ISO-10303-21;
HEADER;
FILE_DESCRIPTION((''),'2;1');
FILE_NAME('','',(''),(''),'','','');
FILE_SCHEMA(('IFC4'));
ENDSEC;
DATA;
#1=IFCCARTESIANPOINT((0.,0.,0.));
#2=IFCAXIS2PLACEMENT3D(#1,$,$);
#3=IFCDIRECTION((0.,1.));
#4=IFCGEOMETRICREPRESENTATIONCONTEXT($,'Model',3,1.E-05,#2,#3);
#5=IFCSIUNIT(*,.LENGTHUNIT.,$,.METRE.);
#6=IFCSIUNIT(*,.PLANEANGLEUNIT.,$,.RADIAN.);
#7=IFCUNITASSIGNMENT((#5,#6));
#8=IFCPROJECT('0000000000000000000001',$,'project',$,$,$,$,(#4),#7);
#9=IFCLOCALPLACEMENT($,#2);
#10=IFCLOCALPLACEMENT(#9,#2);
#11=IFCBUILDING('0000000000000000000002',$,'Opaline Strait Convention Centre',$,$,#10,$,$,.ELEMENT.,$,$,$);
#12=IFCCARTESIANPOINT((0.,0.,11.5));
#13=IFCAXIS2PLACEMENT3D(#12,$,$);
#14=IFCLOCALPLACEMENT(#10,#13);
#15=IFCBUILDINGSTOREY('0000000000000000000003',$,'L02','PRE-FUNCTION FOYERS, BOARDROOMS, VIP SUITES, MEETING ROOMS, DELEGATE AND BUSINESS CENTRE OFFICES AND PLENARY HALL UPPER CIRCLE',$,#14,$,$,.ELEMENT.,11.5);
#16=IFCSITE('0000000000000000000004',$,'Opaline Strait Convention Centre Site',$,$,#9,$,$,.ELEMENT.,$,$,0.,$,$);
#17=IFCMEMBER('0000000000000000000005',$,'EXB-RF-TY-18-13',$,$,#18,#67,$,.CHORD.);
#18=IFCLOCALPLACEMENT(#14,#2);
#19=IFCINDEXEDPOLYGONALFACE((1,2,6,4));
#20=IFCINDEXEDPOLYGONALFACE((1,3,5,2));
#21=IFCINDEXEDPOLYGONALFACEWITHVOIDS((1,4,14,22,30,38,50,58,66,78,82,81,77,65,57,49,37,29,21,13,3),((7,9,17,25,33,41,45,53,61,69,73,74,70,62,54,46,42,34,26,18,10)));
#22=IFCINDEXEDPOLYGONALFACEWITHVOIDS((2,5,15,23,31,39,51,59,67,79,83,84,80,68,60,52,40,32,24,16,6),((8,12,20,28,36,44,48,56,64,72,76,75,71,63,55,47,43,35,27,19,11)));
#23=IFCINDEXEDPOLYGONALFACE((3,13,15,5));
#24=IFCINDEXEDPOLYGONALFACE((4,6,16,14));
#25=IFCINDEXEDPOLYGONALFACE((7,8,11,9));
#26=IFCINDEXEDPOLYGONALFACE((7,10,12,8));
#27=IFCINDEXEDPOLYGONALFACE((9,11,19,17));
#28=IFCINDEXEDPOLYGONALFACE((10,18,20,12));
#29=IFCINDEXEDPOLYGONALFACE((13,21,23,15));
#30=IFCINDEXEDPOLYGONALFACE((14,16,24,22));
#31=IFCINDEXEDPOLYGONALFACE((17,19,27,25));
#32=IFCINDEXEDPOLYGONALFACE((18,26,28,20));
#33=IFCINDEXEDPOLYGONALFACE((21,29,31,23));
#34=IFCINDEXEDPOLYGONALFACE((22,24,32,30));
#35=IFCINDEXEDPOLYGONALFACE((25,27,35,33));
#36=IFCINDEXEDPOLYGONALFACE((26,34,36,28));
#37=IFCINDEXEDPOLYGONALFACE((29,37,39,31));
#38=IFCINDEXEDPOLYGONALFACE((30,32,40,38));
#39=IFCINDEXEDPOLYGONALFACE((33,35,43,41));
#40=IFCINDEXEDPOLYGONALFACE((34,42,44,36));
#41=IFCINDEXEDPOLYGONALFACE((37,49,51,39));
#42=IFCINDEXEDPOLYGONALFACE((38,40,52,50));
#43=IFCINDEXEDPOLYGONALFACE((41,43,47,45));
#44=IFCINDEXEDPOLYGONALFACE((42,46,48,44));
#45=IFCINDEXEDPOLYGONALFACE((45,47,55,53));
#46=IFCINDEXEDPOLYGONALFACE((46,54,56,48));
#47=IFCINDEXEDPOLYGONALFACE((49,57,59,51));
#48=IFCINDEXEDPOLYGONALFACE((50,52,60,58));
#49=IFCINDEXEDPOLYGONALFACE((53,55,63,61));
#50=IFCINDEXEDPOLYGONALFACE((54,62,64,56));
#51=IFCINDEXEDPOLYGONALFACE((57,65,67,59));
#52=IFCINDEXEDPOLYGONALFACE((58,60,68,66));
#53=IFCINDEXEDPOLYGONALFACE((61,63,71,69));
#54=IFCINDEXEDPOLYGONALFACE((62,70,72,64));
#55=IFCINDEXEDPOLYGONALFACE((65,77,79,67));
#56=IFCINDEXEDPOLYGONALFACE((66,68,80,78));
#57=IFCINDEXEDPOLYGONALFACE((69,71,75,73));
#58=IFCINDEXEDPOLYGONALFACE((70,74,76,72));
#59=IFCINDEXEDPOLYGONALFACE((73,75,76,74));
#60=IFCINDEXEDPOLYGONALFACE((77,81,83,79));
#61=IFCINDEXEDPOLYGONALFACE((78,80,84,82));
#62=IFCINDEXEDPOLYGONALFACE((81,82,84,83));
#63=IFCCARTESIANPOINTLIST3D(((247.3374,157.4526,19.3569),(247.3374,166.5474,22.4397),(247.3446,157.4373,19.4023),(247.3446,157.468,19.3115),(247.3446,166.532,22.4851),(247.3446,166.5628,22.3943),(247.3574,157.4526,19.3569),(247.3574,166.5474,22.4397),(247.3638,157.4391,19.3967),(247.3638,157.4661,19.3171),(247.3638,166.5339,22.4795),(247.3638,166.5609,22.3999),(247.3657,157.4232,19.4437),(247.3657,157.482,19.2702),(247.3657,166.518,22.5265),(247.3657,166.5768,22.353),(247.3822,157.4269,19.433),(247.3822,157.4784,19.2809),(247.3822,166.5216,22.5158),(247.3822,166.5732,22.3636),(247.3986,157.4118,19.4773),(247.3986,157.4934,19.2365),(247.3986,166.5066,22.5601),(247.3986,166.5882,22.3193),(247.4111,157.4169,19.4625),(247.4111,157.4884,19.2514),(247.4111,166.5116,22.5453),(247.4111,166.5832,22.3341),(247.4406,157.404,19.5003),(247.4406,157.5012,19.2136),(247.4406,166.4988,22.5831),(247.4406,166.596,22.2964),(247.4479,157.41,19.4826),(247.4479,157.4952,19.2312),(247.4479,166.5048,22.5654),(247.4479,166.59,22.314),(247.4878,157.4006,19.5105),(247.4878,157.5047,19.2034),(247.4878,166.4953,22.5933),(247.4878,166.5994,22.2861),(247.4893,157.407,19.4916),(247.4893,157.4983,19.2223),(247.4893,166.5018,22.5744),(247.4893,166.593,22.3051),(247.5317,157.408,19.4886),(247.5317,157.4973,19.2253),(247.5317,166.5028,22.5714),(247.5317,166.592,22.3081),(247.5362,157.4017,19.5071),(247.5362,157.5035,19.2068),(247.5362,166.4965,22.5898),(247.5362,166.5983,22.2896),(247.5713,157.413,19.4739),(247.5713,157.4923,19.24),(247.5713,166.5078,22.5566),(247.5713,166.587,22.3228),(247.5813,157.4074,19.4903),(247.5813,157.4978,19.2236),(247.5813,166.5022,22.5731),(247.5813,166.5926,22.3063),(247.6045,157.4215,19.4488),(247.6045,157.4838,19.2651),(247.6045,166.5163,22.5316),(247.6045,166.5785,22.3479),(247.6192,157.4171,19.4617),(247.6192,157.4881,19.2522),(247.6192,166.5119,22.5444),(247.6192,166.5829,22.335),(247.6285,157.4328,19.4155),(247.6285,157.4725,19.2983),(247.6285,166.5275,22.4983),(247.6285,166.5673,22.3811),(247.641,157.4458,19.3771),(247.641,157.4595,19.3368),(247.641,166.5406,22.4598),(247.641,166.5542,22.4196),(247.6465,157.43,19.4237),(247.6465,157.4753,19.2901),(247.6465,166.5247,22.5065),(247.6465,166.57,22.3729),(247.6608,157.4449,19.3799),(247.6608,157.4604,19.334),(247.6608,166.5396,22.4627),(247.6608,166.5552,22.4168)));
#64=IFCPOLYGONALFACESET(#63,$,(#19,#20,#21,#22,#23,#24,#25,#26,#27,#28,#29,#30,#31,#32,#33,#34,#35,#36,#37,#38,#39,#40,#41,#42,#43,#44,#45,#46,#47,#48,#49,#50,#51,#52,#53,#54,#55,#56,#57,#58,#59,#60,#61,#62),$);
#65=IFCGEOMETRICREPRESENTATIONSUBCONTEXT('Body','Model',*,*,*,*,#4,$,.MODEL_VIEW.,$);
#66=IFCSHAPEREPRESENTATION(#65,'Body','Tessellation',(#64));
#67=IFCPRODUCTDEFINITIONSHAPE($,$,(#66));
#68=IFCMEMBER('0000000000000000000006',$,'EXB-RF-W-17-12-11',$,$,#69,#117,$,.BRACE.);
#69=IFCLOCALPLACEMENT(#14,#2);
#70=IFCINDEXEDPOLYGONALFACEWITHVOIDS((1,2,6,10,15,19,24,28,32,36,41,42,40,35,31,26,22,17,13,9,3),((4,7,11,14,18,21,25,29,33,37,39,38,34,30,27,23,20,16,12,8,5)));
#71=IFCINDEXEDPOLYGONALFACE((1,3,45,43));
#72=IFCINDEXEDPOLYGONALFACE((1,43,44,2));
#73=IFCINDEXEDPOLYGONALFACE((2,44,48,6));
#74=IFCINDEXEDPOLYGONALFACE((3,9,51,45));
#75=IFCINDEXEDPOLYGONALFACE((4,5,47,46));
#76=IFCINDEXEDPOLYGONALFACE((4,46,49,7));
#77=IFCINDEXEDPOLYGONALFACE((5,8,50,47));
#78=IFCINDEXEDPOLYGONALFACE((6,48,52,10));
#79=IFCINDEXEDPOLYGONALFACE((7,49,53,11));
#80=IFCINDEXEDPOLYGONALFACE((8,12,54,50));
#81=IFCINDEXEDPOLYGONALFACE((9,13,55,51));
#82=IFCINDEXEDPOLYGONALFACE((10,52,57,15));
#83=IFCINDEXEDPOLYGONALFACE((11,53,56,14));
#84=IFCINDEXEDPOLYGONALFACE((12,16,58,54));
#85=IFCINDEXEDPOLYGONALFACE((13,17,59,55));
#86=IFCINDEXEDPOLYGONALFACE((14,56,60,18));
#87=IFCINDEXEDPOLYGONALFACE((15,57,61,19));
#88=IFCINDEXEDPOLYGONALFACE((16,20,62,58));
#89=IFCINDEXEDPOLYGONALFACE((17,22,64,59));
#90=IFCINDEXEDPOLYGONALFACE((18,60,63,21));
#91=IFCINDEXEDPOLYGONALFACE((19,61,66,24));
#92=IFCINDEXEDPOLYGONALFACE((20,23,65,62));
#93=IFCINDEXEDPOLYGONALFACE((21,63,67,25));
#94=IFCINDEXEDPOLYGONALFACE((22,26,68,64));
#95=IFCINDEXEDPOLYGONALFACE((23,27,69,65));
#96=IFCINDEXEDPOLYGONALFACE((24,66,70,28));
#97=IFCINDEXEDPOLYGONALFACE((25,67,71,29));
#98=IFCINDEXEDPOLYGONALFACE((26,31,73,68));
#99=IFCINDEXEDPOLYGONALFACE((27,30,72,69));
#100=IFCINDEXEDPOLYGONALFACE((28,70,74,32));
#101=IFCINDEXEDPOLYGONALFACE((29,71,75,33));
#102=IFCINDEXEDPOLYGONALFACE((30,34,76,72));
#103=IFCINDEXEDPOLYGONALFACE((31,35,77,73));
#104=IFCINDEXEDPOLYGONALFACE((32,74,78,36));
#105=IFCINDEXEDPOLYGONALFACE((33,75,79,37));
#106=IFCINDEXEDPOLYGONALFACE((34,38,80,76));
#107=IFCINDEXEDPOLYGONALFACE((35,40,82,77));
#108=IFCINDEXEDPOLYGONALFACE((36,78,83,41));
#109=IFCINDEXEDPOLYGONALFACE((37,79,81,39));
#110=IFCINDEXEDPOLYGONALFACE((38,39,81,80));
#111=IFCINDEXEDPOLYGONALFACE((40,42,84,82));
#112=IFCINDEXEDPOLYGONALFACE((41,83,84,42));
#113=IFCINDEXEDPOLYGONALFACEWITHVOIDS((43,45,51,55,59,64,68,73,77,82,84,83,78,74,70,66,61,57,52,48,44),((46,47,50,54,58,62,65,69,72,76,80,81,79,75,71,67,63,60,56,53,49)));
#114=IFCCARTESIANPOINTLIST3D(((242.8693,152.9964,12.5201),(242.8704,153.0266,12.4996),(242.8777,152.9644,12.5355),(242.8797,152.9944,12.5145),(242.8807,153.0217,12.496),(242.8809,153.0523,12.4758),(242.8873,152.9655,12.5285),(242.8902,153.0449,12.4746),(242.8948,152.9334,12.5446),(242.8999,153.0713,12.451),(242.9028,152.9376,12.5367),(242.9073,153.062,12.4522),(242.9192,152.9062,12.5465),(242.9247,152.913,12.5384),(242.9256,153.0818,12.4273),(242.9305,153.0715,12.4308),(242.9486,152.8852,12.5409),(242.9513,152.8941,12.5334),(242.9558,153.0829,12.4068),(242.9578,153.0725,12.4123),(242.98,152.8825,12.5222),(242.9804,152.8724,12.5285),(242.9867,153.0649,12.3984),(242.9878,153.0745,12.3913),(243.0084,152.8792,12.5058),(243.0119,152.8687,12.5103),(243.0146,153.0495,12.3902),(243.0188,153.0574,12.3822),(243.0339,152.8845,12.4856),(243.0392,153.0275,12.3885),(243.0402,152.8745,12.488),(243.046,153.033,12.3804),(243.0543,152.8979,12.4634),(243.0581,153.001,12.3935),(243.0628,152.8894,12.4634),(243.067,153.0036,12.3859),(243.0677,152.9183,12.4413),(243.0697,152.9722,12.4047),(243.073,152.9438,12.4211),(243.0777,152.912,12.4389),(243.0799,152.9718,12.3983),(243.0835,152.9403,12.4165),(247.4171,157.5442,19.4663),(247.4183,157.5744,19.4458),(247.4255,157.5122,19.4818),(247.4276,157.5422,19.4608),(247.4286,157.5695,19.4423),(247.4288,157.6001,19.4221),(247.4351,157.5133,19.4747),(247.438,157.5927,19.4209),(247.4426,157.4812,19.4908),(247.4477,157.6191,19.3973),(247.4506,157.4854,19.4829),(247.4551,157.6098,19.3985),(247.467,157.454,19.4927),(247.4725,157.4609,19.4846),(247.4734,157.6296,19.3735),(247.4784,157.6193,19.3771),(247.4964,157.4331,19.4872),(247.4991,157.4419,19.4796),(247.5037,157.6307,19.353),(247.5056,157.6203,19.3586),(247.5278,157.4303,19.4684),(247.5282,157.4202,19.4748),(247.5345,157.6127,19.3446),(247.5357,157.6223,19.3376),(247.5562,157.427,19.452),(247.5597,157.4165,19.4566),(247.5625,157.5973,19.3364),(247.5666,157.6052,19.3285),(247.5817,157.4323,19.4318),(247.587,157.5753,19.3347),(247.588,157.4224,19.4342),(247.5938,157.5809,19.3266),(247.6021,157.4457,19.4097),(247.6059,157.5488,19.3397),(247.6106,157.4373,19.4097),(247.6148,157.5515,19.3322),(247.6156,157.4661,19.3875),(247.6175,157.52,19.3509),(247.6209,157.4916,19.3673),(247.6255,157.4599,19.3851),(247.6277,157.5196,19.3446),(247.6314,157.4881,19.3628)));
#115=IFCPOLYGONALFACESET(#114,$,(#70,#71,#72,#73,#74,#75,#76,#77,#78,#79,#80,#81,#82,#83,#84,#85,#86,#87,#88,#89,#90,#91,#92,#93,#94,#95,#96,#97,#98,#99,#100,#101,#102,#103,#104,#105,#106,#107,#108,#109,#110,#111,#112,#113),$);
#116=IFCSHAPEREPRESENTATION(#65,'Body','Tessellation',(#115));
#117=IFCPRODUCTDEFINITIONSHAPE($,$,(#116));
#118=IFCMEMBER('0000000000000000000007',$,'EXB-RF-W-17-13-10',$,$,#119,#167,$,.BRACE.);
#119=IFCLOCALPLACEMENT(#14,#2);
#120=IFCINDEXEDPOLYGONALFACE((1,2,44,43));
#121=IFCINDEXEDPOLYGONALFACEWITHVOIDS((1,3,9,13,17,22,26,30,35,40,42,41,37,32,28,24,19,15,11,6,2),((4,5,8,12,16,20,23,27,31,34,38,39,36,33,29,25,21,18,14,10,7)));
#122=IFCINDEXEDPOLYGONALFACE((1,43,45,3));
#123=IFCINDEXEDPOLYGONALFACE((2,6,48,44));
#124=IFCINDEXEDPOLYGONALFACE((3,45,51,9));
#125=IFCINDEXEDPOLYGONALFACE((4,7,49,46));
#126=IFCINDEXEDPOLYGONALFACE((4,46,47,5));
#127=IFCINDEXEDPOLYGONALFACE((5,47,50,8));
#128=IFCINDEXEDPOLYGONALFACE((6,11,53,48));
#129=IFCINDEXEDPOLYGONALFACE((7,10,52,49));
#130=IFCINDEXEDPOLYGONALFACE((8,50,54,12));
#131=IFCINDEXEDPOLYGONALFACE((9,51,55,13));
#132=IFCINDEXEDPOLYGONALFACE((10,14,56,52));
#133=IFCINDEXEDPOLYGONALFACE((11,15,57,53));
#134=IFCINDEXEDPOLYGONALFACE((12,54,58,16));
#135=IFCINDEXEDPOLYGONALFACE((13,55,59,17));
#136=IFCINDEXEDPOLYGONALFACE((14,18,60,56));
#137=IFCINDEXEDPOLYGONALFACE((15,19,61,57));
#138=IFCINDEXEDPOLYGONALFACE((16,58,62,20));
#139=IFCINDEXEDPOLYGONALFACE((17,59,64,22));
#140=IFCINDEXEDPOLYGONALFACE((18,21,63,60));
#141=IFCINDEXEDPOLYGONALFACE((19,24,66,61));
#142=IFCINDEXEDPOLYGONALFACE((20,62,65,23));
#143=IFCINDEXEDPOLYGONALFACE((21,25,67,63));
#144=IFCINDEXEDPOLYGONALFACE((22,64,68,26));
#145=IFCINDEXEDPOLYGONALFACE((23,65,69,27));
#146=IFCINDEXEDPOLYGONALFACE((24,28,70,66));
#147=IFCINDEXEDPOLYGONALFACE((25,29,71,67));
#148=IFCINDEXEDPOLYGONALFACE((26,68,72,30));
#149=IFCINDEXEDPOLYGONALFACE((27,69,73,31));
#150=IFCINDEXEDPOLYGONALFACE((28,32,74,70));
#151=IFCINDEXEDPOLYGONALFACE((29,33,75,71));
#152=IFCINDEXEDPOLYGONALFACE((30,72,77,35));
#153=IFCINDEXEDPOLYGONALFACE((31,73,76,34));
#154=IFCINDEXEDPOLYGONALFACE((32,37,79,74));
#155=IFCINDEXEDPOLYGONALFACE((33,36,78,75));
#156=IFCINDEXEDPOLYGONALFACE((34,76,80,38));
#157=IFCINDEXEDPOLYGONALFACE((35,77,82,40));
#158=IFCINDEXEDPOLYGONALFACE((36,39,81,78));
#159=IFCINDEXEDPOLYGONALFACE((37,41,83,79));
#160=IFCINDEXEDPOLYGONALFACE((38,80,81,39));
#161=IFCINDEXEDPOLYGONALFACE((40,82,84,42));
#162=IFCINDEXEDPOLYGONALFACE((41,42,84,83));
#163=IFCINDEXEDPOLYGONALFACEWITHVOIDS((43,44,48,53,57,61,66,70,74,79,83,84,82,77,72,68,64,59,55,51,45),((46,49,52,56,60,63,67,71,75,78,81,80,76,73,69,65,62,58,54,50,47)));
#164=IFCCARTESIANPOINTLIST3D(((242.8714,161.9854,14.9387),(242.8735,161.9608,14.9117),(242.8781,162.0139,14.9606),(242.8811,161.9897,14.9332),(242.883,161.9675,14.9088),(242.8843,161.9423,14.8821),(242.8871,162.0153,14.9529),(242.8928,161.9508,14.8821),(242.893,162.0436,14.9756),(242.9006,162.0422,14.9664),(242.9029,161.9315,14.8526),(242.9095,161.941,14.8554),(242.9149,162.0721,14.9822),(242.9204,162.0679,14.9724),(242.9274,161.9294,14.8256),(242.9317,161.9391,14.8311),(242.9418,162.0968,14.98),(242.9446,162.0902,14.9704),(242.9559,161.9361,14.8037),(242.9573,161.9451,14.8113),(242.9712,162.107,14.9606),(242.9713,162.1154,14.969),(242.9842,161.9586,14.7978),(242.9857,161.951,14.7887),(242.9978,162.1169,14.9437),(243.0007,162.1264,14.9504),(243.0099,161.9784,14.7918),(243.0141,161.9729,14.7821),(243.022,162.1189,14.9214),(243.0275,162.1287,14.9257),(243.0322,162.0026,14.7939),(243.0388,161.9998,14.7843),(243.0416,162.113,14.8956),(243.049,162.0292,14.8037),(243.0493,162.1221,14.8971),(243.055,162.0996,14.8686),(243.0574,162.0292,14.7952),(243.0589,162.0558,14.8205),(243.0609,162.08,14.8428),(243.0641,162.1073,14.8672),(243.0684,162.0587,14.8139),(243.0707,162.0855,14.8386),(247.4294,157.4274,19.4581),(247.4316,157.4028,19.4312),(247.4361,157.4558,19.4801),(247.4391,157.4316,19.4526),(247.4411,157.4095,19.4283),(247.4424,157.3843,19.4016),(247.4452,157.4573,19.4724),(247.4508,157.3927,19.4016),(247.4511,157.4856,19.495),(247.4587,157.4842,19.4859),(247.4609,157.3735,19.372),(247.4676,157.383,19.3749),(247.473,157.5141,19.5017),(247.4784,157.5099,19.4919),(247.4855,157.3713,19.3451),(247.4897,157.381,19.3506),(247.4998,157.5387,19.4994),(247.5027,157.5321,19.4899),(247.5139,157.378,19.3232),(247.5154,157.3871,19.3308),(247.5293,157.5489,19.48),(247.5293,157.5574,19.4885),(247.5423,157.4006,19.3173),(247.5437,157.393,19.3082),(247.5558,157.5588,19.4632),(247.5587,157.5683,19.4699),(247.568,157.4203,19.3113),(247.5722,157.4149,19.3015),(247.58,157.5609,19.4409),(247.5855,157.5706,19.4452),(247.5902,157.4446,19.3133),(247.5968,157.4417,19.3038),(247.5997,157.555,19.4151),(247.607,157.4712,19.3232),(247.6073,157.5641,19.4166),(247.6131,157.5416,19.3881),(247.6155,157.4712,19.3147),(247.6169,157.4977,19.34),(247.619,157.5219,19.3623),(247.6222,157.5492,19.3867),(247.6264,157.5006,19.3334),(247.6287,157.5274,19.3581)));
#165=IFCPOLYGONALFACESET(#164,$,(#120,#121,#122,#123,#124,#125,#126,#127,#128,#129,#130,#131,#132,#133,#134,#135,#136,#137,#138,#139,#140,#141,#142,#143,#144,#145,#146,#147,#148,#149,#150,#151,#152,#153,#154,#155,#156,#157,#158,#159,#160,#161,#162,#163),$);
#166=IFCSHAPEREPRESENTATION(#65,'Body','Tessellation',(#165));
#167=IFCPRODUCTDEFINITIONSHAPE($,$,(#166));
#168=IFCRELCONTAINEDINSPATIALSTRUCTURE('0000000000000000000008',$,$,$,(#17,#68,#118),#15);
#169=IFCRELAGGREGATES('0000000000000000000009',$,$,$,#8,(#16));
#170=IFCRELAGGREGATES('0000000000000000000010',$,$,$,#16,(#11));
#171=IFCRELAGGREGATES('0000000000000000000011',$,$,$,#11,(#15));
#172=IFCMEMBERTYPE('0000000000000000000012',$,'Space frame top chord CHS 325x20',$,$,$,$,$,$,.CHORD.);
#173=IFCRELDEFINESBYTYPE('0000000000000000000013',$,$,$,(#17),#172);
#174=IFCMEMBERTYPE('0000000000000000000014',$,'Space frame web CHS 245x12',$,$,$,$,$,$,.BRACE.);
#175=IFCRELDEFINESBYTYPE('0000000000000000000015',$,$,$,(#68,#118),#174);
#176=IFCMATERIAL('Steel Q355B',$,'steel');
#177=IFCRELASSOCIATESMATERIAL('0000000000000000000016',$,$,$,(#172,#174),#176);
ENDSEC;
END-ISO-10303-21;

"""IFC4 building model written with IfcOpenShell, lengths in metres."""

from ifc_helpers import new_model, si_unit, direction, frame, origin, origin_2d, place, context, subcontext, project, spatial, hollow_circle, extrude, material, material_profile, profile_set, type_object, element, save


model = new_model("IFC4")

# Units and contexts
model_context = context("Model", 3, precision=1e-05, world=origin(), true_north=direction((0.0, 1.0)))
body_context = subcontext(model_context, "Body", "Model", "MODEL_VIEW")
ifc_project = project(units=[si_unit("LENGTHUNIT", "METRE"), si_unit("PLANEANGLEUNIT", "RADIAN")], contexts=[model_context])

# Site, building, storey
site_placement = place(None, origin())
site = spatial("IfcSite", under=ifc_project, at=site_placement, Name="Opaline Strait Convention Centre Site", CompositionType="ELEMENT", RefElevation=0.0)
building_placement = place(site_placement, origin())
building = spatial("IfcBuilding", under=site, at=building_placement, Name="Opaline Strait Convention Centre", CompositionType="ELEMENT")
storey_placement = place(building_placement, frame((0.0, 0.0, 11.5)))
storey = spatial("IfcBuildingStorey", under=building, at=storey_placement, Name="L02", Description="PRE-FUNCTION FOYERS, BOARDROOMS, VIP SUITES, MEETING ROOMS, DELEGATE AND BUSINESS CENTRE OFFICES AND PLENARY HALL UPPER CIRCLE", CompositionType="ELEMENT", Elevation=11.5)

# Members
ifc_material_1 = material(Name="Steel Q355B", Category="steel")
ifc_material_profile_1 = material_profile(ifc_material_1, hollow_circle(Radius=0.1626, WallThickness=0.02, at=origin_2d()), Name="CHS 325x20")
ifc_profile_set_1 = profile_set([ifc_material_profile_1], Name="Steel Q355B")
member_type_1 = type_object("IfcMemberType", Name="Space frame top chord CHS 325x20", PredefinedType="CHORD", material=ifc_profile_set_1)
member_1_placement = place(storey_placement, frame((247.5, 157.4526, 19.3569), z_axis=(0.0, 0.947072, 0.321021), x_axis=(-1.0, 0.0, 0.0)))
element("IfcMember", 1, at=member_1_placement, inside=storey, type_object=member_type_1, Name="EXB-RF-TY-18-13", PredefinedType="CHORD", context=body_context, shape_type="SweptSolid", body=[
    extrude(hollow_circle(Radius=0.1626, WallThickness=0.02, at=origin_2d()), origin(), (0.0, 0.0, 1.0), 9.603),
])
ifc_material_profile_2 = material_profile(ifc_material_1, hollow_circle(Radius=0.1226, WallThickness=0.012, at=origin_2d()), Name="CHS 245x12")
ifc_profile_set_2 = profile_set([ifc_material_profile_2], Name="Steel Q355B")
member_type_2 = type_object("IfcMemberType", Name="Space frame web CHS 245x12", PredefinedType="BRACE", material=ifc_profile_set_2)
member_2_placement = place(storey_placement, frame((247.5239, 157.5239, 19.4097), z_axis=(-0.480409, -0.480409, -0.733767), x_axis=(0.707107, -0.707107, 0.0)))
element("IfcMember", 2, at=member_2_placement, inside=storey, type_object=member_type_2, Name="EXB-RF-W-17-12-11", PredefinedType="BRACE", context=body_context, shape_type="SweptSolid", body=[
    extrude(hollow_circle(Radius=0.1226, WallThickness=0.012, at=origin_2d()), origin(), (0.0, 0.0, 1.0), 9.4666),
])
member_3_placement = place(storey_placement, frame((247.5291, 157.4709, 19.4016), z_axis=(-0.578979, 0.578979, -0.574079), x_axis=(-0.707107, -0.707107, 0.0)))
element("IfcMember", 3, at=member_3_placement, inside=storey, type_object=member_type_2, Name="EXB-RF-W-17-13-10", PredefinedType="BRACE", context=body_context, shape_type="SweptSolid", body=[
    extrude(hollow_circle(Radius=0.1226, WallThickness=0.012, at=origin_2d()), origin(), (0.0, 0.0, 1.0), 7.8726),
])

save(model, "model.ifc")
